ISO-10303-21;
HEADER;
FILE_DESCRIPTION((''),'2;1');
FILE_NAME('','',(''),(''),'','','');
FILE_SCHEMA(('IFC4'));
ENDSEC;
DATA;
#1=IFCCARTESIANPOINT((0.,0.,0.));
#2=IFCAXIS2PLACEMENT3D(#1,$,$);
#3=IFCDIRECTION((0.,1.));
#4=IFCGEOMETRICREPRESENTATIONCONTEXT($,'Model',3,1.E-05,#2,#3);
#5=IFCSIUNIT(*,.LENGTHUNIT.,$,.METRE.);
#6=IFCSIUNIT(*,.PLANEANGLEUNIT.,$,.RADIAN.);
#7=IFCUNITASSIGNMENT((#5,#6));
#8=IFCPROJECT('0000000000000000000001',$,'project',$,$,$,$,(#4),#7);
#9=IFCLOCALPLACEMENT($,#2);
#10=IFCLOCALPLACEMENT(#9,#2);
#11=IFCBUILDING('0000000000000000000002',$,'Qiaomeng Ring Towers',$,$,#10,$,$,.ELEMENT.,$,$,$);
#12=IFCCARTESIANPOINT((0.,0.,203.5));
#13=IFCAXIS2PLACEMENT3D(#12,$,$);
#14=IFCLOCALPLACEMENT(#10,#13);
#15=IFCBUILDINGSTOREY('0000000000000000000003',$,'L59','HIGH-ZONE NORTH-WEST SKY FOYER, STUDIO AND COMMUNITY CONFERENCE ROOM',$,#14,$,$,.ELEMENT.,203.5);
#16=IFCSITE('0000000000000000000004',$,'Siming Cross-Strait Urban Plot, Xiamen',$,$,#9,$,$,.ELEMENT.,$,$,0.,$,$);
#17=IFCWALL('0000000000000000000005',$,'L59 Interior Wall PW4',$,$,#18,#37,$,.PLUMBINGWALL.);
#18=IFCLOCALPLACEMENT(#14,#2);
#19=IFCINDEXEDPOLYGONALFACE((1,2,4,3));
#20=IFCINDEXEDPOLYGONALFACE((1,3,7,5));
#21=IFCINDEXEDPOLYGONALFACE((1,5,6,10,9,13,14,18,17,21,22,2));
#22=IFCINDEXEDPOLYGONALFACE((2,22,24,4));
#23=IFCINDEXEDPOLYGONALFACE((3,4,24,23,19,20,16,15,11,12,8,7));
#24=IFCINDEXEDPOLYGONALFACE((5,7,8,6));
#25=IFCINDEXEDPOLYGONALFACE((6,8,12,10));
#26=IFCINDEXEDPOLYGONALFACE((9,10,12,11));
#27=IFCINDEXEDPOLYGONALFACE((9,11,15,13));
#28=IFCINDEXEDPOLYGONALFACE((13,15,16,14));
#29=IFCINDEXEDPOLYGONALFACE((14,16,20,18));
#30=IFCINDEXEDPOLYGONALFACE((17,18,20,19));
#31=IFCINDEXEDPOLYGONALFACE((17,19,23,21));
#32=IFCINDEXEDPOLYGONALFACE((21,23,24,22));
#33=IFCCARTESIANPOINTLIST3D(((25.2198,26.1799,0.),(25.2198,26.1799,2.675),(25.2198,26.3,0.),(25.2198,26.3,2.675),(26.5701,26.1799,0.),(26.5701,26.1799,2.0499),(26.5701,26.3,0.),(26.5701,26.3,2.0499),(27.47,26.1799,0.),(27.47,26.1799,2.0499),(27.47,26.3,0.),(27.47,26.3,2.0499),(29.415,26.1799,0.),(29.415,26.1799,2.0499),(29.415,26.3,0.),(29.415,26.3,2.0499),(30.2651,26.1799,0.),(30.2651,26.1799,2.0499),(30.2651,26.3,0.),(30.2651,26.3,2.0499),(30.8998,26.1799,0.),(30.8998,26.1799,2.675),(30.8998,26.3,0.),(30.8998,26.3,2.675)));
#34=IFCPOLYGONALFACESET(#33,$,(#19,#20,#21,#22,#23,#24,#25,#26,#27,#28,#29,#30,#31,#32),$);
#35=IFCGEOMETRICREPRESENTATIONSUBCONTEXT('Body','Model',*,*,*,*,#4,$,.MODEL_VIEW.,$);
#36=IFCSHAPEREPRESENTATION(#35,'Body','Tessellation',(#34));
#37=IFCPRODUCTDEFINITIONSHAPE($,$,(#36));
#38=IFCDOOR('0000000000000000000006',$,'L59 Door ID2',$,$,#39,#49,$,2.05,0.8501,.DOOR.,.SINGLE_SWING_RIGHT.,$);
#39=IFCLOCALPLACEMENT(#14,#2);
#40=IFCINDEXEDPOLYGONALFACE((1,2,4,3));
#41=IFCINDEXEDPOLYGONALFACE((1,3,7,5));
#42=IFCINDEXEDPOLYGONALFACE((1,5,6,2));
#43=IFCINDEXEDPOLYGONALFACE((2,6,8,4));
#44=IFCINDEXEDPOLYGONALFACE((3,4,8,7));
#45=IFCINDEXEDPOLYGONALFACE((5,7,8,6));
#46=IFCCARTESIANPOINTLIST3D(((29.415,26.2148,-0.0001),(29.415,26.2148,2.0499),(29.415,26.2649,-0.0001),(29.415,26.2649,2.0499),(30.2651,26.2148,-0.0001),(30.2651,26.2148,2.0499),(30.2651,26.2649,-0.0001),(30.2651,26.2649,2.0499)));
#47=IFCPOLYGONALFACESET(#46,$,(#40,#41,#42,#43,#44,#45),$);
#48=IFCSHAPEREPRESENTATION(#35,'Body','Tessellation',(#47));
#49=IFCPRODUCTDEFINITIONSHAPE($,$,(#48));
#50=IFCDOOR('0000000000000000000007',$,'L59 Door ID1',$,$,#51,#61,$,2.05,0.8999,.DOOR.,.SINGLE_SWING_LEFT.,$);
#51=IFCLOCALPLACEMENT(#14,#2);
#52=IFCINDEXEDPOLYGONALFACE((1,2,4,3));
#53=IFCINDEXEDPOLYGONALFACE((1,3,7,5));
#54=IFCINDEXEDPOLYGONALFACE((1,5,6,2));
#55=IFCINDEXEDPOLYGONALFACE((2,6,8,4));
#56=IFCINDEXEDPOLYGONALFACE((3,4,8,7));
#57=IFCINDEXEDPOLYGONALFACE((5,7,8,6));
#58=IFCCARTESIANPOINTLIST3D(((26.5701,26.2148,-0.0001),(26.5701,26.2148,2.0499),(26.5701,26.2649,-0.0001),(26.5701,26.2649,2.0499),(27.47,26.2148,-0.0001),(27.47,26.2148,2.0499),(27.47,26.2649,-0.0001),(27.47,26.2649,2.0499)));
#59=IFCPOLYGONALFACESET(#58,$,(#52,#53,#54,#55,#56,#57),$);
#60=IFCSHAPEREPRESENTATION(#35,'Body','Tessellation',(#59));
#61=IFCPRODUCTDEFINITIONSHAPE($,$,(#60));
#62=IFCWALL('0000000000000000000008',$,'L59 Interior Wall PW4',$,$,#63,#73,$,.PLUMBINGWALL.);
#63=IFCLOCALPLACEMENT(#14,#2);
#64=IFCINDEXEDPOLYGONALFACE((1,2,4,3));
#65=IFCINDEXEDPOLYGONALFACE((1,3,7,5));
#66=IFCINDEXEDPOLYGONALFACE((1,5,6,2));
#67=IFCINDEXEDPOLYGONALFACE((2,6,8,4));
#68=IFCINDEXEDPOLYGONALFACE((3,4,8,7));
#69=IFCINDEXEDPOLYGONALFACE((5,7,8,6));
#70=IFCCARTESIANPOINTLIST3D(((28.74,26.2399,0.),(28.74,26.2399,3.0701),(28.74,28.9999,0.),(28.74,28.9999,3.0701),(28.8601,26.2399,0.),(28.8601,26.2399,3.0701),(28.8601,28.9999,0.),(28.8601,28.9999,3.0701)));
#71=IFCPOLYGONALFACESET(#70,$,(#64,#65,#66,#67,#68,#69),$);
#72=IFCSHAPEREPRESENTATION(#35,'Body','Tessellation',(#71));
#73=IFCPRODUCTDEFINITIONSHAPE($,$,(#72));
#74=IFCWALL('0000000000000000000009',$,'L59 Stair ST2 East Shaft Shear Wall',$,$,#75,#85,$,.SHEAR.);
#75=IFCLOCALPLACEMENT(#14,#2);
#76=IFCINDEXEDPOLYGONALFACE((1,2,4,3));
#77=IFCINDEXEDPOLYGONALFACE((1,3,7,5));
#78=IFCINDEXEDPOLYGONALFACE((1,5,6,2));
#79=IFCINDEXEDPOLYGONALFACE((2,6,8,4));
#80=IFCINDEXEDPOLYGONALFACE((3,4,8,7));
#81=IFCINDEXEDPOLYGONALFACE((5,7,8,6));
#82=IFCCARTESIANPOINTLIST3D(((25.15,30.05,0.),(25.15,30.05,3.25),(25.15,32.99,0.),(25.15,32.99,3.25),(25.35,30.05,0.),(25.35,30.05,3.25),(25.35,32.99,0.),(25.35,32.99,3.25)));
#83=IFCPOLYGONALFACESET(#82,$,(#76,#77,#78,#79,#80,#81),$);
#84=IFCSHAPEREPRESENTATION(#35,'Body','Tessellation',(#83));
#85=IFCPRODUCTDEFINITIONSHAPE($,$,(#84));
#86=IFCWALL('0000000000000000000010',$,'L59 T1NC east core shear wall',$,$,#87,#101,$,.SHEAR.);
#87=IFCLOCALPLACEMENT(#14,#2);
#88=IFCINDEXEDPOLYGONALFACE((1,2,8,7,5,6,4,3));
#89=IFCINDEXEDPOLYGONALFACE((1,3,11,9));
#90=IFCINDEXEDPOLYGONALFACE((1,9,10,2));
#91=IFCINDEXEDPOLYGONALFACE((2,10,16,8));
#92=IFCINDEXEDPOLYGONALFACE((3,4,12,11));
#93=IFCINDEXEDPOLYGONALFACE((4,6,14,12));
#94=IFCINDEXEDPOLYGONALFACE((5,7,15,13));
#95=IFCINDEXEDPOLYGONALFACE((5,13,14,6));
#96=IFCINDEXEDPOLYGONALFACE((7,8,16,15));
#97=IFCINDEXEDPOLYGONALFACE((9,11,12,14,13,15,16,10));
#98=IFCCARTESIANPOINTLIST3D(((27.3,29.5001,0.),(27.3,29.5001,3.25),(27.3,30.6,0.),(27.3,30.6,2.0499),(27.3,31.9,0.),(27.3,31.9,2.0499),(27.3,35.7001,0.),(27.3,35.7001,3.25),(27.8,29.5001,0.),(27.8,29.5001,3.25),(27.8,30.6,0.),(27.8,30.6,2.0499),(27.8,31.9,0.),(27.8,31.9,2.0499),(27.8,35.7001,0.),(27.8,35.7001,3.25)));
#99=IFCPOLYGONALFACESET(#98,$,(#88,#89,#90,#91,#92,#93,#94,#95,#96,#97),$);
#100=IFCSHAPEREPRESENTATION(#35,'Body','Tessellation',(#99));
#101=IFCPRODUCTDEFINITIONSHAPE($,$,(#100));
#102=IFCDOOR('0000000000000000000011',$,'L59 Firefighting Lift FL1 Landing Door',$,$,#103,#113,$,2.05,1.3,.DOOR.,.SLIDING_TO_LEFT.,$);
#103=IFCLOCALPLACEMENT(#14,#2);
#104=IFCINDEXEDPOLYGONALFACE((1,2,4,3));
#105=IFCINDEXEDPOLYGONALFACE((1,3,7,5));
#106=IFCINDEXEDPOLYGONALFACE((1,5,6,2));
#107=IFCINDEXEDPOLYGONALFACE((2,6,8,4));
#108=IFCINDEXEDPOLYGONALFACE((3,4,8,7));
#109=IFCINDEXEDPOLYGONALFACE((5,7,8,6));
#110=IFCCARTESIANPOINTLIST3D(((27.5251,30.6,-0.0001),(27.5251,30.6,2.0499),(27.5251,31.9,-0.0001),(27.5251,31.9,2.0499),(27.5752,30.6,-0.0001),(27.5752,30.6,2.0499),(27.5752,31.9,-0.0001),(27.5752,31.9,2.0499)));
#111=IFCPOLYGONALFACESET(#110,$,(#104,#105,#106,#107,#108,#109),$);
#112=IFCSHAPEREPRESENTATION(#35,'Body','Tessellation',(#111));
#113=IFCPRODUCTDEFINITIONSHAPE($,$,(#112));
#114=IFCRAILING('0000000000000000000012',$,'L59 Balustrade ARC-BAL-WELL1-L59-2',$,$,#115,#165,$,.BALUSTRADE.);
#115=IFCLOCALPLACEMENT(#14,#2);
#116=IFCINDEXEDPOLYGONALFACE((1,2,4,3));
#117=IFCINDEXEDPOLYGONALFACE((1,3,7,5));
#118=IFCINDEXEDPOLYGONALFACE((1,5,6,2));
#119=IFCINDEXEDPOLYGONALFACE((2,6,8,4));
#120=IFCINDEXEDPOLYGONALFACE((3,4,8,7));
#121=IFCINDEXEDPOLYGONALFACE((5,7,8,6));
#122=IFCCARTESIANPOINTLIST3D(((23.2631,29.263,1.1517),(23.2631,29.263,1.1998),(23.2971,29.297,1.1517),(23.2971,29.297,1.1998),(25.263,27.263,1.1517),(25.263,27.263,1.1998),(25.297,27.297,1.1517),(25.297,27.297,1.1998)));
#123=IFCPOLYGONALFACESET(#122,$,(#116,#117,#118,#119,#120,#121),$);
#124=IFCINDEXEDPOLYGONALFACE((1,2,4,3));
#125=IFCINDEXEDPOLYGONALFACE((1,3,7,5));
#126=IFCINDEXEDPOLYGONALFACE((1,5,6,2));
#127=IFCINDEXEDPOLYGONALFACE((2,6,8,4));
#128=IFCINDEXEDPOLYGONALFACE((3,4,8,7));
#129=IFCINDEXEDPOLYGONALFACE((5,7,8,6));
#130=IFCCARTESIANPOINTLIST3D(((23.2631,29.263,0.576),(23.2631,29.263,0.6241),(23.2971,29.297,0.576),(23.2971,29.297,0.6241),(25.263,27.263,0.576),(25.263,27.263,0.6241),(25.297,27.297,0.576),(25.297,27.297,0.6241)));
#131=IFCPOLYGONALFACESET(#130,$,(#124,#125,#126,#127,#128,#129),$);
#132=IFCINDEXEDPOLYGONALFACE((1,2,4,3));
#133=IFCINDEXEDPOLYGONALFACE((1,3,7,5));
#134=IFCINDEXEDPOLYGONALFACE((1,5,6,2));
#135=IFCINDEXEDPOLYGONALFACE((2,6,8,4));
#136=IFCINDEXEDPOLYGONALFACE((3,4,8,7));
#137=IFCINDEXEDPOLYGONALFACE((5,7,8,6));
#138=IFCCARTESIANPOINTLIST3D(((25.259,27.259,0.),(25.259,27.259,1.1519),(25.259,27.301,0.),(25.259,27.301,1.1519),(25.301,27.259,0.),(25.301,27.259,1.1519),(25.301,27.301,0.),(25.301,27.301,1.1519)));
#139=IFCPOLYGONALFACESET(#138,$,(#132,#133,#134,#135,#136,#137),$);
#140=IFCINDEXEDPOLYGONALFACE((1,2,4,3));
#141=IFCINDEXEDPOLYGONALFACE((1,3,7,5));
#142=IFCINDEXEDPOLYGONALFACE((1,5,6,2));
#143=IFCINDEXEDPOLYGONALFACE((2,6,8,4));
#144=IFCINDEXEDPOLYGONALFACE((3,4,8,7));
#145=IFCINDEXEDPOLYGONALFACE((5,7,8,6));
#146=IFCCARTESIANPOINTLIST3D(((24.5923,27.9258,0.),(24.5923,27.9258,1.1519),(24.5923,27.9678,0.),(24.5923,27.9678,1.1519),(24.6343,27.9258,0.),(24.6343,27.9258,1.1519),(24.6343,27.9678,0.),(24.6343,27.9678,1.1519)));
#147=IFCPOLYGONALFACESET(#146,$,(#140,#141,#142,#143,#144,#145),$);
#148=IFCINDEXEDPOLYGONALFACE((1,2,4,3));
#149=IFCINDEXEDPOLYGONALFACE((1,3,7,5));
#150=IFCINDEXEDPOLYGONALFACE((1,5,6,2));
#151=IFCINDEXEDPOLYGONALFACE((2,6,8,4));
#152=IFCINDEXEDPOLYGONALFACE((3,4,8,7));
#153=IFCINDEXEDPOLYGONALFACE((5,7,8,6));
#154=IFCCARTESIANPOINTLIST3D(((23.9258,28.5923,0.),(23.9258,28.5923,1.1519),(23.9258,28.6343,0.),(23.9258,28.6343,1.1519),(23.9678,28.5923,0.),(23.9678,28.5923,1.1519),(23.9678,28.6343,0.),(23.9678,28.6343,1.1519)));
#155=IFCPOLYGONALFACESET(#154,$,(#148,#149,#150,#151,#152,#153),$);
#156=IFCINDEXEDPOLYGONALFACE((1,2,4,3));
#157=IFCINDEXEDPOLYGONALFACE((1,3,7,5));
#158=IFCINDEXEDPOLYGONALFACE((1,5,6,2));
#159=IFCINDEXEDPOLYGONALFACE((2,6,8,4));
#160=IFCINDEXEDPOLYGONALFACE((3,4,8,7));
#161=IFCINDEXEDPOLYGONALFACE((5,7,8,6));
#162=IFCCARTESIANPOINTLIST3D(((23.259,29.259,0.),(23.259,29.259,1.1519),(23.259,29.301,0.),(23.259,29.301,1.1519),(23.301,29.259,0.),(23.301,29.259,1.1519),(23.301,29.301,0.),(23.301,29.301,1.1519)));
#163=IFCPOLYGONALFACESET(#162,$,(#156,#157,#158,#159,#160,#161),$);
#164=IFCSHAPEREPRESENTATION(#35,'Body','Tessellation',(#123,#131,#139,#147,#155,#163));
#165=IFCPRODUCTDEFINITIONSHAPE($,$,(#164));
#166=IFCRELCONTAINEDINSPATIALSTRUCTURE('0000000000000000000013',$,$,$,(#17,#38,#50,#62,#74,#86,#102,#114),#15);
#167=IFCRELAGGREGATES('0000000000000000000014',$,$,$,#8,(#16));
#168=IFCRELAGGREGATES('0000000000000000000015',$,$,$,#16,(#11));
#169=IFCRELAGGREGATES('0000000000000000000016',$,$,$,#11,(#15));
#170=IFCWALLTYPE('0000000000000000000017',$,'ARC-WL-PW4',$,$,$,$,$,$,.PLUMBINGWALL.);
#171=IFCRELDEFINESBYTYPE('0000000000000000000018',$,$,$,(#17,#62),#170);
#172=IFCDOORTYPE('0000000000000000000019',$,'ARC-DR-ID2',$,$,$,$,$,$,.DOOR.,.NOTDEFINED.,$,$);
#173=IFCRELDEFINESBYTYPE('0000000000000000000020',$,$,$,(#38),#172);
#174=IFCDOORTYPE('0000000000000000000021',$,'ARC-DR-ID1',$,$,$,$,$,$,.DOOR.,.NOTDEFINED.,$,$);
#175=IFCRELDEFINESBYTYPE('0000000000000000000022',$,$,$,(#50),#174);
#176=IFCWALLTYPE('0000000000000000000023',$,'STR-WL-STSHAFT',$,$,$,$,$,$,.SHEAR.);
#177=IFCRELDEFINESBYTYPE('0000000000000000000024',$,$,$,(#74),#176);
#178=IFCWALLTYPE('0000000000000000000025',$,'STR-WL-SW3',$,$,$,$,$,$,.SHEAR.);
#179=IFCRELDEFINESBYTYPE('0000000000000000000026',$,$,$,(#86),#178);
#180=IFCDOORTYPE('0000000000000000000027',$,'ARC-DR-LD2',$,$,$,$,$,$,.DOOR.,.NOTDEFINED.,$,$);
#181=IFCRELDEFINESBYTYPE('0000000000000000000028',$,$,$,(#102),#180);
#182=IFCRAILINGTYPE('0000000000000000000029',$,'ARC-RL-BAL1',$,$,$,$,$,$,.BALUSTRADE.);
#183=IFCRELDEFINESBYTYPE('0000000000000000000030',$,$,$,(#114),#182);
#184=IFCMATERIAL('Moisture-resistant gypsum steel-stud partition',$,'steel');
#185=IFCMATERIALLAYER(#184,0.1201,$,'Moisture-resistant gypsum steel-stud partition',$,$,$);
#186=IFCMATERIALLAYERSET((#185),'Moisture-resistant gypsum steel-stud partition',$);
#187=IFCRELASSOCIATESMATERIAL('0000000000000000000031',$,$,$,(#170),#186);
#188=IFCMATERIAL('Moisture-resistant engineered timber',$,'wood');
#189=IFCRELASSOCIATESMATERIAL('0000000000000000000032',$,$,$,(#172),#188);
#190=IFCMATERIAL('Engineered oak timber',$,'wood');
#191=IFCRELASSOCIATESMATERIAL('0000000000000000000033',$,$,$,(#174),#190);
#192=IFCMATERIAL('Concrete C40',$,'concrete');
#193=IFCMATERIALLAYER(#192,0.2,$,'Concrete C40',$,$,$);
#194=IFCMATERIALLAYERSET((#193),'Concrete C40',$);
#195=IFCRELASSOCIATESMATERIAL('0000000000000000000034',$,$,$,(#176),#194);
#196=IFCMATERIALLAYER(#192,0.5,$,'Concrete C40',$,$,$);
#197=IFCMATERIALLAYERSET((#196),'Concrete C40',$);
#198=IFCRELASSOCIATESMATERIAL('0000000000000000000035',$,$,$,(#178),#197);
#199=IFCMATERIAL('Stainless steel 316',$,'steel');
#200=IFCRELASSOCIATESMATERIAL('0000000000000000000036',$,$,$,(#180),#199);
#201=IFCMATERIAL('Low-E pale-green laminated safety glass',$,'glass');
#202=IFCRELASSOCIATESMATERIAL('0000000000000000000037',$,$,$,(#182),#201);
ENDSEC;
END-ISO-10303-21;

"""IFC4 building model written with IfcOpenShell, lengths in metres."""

from ifc_helpers import new_model, si_unit, direction, frame, frame_2d, origin, origin_2d, place, context, subcontext, project, spatial, rectangle, extrude, source, transform, mapped, material, layer, layer_set, type_object, element, fill, save


model = new_model("IFC4")

# Units and contexts
model_context = context("Model", 3, precision=1e-05, world=origin(), true_north=direction((0.0, 1.0)))
body_context = subcontext(model_context, "Body", "Model", "MODEL_VIEW")
ifc_project = project(units=[si_unit("LENGTHUNIT", "METRE"), si_unit("PLANEANGLEUNIT", "RADIAN")], contexts=[model_context])

# Site, building, storey
site_placement = place(None, origin())
site = spatial("IfcSite", under=ifc_project, at=site_placement, Name="Siming Cross-Strait Urban Plot, Xiamen", CompositionType="ELEMENT", RefElevation=0.0)
building_placement = place(site_placement, origin())
building = spatial("IfcBuilding", under=site, at=building_placement, Name="Qiaomeng Ring Towers", CompositionType="ELEMENT")
storey_placement = place(building_placement, frame((0.0, 0.0, 203.5)))
storey = spatial("IfcBuildingStorey", under=building, at=storey_placement, Name="L59", Description="HIGH-ZONE NORTH-WEST SKY FOYER, STUDIO AND COMMUNITY CONFERENCE ROOM", CompositionType="ELEMENT", Elevation=203.5)

# Shared definitions
ifc_material_1 = material(Name="Concrete C40", Category="concrete")

# Shared definitions
ifc_material_2 = material(Name="Stainless steel 316", Category="steel")

# Shared definitions
ifc_material_3 = material(Name="Moisture-resistant gypsum steel-stud partition", Category="steel")
ifc_layer_1 = layer(ifc_material_3, 0.1201, Name="Moisture-resistant gypsum steel-stud partition")
ifc_layer_set_1 = layer_set([ifc_layer_1], Name="Moisture-resistant gypsum steel-stud partition")
wall_type_1 = type_object("IfcWallType", Name="ARC-WL-PW4", PredefinedType="PLUMBINGWALL", material=ifc_layer_set_1)

# Wall, openings, doors
wall_1_placement = place(storey_placement, frame((25.22, 26.24, 0.0), z_axis=(0.0, 0.0, 1.0), x_axis=(1.0, 0.0, 0.0)))
wall_1 = element("IfcWall", 1, at=wall_1_placement, inside=storey, type_object=wall_type_1, Name="L59 Interior Wall PW4", PredefinedType="PLUMBINGWALL", context=body_context, shape_type="SweptSolid", body=[
    extrude(rectangle(XDim=5.6799, YDim=0.1201, at=frame_2d((2.8398, 0.0))), origin(), (0.0, 0.0, 1.0), 2.675),
])
opening_1_placement = place(wall_1_placement, frame((1.3501, 0.0, 0.0)))
opening_1 = element("IfcOpeningElement", 2, at=opening_1_placement, cuts=wall_1, PredefinedType="OPENING", context=body_context, shape_type="SweptSolid", body=[
    extrude(rectangle(XDim=0.8999, YDim=2.05, at=frame_2d((0.45, 1.0249))), frame((0.0, 0.0701, 0.0), z_axis=(0.0, -1.0, 0.0), x_axis=(1.0, 0.0, 0.0)), (0.0, 0.0, 1.0), 0.1401),
])
opening_2_placement = place(wall_1_placement, frame((4.1951, 0.0, 0.0)))
opening_2 = element("IfcOpeningElement", 3, at=opening_2_placement, cuts=wall_1, PredefinedType="OPENING", context=body_context, shape_type="SweptSolid", body=[
    extrude(rectangle(XDim=0.8501, YDim=2.05, at=frame_2d((0.425, 1.0249))), frame((0.0, 0.0701, 0.0), z_axis=(0.0, -1.0, 0.0), x_axis=(1.0, 0.0, 0.0)), (0.0, 0.0, 1.0), 0.1401),
])
ifc_material_4 = material(Name="Moisture-resistant engineered timber", Category="wood")
door_type_1 = type_object("IfcDoorType", Name="ARC-DR-ID2", OperationType="NOTDEFINED", PredefinedType="DOOR", material=ifc_material_4)
shared_shape_1 = source(origin(), body_context, "Body", "SweptSolid", [
    extrude(rectangle(XDim=0.8501, YDim=2.05, at=frame_2d((0.425, 1.0249))), frame((0.0, 0.0249, 0.0), z_axis=(0.0, -1.0, 0.0), x_axis=(1.0, 0.0, 0.0)), (0.0, 0.0, 1.0), 0.05),
])
door_1_placement = place(opening_2_placement, origin())
door_1 = element("IfcDoor", 4, at=door_1_placement, inside=storey, type_object=door_type_1, Name="L59 Door ID2", OperationType="SINGLE_SWING_RIGHT", OverallHeight=2.05, OverallWidth=0.8501, PredefinedType="DOOR", context=body_context, shape_type="MappedRepresentation", body=[
    mapped(shared_shape_1, transform((0.0, 0.0, 0.0), x_axis=(1.0, 0.0, 0.0), y_axis=(0.0, 1.0, 0.0), z_axis=(0.0, 0.0, 1.0), scale=1.0)),
])
fill(opening_2, door_1)
ifc_material_5 = material(Name="Engineered oak timber", Category="wood")
door_type_2 = type_object("IfcDoorType", Name="ARC-DR-ID1", OperationType="NOTDEFINED", PredefinedType="DOOR", material=ifc_material_5)
shared_shape_2 = source(origin(), body_context, "Body", "SweptSolid", [
    extrude(rectangle(XDim=0.8999, YDim=2.05, at=frame_2d((0.45, 1.0249))), frame((0.0, 0.0249, 0.0), z_axis=(0.0, -1.0, 0.0), x_axis=(1.0, 0.0, 0.0)), (0.0, 0.0, 1.0), 0.05),
])
door_2_placement = place(opening_1_placement, origin())
door_2 = element("IfcDoor", 5, at=door_2_placement, inside=storey, type_object=door_type_2, Name="L59 Door ID1", OperationType="SINGLE_SWING_LEFT", OverallHeight=2.05, OverallWidth=0.8999, PredefinedType="DOOR", context=body_context, shape_type="MappedRepresentation", body=[
    mapped(shared_shape_2, transform((0.0, 0.0, 0.0), x_axis=(1.0, 0.0, 0.0), y_axis=(0.0, 1.0, 0.0), z_axis=(0.0, 0.0, 1.0), scale=1.0)),
])
fill(opening_1, door_2)

# Walls
wall_2_placement = place(storey_placement, frame((28.8, 26.24, 0.0), z_axis=(0.0, 0.0, 1.0), x_axis=(0.0, 1.0, 0.0)))
element("IfcWall", 6, at=wall_2_placement, inside=storey, type_object=wall_type_1, Name="L59 Interior Wall PW4", PredefinedType="PLUMBINGWALL", context=body_context, shape_type="SweptSolid", body=[
    extrude(rectangle(XDim=2.76, YDim=0.1201, at=frame_2d((1.3799, 0.0))), origin(), (0.0, 0.0, 1.0), 3.0701),
])
ifc_layer_2 = layer(ifc_material_1, 0.2, Name="Concrete C40")
ifc_layer_set_2 = layer_set([ifc_layer_2], Name="Concrete C40")
wall_type_2 = type_object("IfcWallType", Name="STR-WL-STSHAFT", PredefinedType="SHEAR", material=ifc_layer_set_2)
wall_3_placement = place(storey_placement, frame((25.25, 30.05, 0.0), z_axis=(0.0, 0.0, 1.0), x_axis=(0.0, 1.0, 0.0)))
element("IfcWall", 7, at=wall_3_placement, inside=storey, type_object=wall_type_2, Name="L59 Stair ST2 East Shaft Shear Wall", PredefinedType="SHEAR", context=body_context, shape_type="SweptSolid", body=[
    extrude(rectangle(XDim=2.9399, YDim=0.2, at=frame_2d((1.47, 0.0))), origin(), (0.0, 0.0, 1.0), 3.25),
])

# Wall, opening, door
ifc_layer_3 = layer(ifc_material_1, 0.5, Name="Concrete C40")
ifc_layer_set_3 = layer_set([ifc_layer_3], Name="Concrete C40")
wall_type_3 = type_object("IfcWallType", Name="STR-WL-SW3", PredefinedType="SHEAR", material=ifc_layer_set_3)
wall_4_placement = place(storey_placement, frame((27.55, 29.5, 0.0), z_axis=(0.0, 0.0, 1.0), x_axis=(0.0, 1.0, 0.0)))
wall_4 = element("IfcWall", 8, at=wall_4_placement, inside=storey, type_object=wall_type_3, Name="L59 T1NC east core shear wall", PredefinedType="SHEAR", context=body_context, shape_type="SweptSolid", body=[
    extrude(rectangle(XDim=6.2, YDim=0.5, at=frame_2d((3.1001, 0.0))), origin(), (0.0, 0.0, 1.0), 3.25),
])
opening_3_placement = place(wall_4_placement, frame((1.1001, 0.0, 0.0)))
opening_3 = element("IfcOpeningElement", 9, at=opening_3_placement, cuts=wall_4, PredefinedType="OPENING", context=body_context, shape_type="SweptSolid", body=[
    extrude(rectangle(XDim=1.3, YDim=2.05, at=frame_2d((0.6499, 1.0249))), frame((0.0, 0.26, 0.0), z_axis=(0.0, -1.0, 0.0), x_axis=(1.0, 0.0, 0.0)), (0.0, 0.0, 1.0), 0.52),
])
door_type_3 = type_object("IfcDoorType", Name="ARC-DR-LD2", OperationType="NOTDEFINED", PredefinedType="DOOR", material=ifc_material_2)
shared_shape_3 = source(origin(), body_context, "Body", "SweptSolid", [
    extrude(rectangle(XDim=1.3, YDim=2.05, at=frame_2d((0.6499, 1.0249))), frame((0.0, 0.0249, 0.0), z_axis=(0.0, -1.0, 0.0), x_axis=(1.0, 0.0, 0.0)), (0.0, 0.0, 1.0), 0.05),
])
door_3_placement = place(opening_3_placement, origin())
door_3 = element("IfcDoor", 10, at=door_3_placement, inside=storey, type_object=door_type_3, Name="L59 Firefighting Lift FL1 Landing Door", OperationType="SLIDING_TO_LEFT", OverallHeight=2.05, OverallWidth=1.3, PredefinedType="DOOR", context=body_context, shape_type="MappedRepresentation", body=[
    mapped(shared_shape_3, transform((0.0, 0.0, 0.0), x_axis=(1.0, 0.0, 0.0), y_axis=(0.0, 1.0, 0.0), z_axis=(0.0, 0.0, 1.0), scale=1.0)),
])
fill(opening_3, door_3)

# Railing
ifc_material_6 = material(Name="Low-E pale-green laminated safety glass", Category="glass")
railing_type = type_object("IfcRailingType", Name="ARC-RL-BAL1", PredefinedType="BALUSTRADE", material=ifc_material_6)
railing_placement = place(storey_placement, frame((25.28, 27.28, 0.0)))
element("IfcRailing", 11, at=railing_placement, inside=storey, type_object=railing_type, Name="L59 Balustrade ARC-BAL-WELL1-L59-2", PredefinedType="BALUSTRADE", context=body_context, shape_type="SweptSolid", body=[
    extrude(rectangle(XDim=0.0481, YDim=0.0481, at=origin_2d()), frame((0.0, 0.0, 1.1758), z_axis=(-0.707107, 0.707107, 0.0), x_axis=(-0.707107, -0.707107, 0.0)), (0.0, 0.0, 1.0), 2.8284),
    extrude(rectangle(XDim=0.0481, YDim=0.0481, at=origin_2d()), frame((0.0, 0.0, 0.6001), z_axis=(-0.707107, 0.707107, 0.0), x_axis=(-0.707107, -0.707107, 0.0)), (0.0, 0.0, 1.0), 2.8284),
    extrude(rectangle(XDim=0.042, YDim=0.042, at=origin_2d()), origin(), (0.0, 0.0, 1.0), 1.1519),
    extrude(rectangle(XDim=0.042, YDim=0.042, at=origin_2d()), frame((-0.6667, 0.6667, 0.0)), (0.0, 0.0, 1.0), 1.1519),
    extrude(rectangle(XDim=0.042, YDim=0.042, at=origin_2d()), frame((-1.3333, 1.3333, 0.0)), (0.0, 0.0, 1.0), 1.1519),
    extrude(rectangle(XDim=0.042, YDim=0.042, at=origin_2d()), frame((-2.0, 2.0, 0.0)), (0.0, 0.0, 1.0), 1.1519),
])

save(model, "model.ifc")
